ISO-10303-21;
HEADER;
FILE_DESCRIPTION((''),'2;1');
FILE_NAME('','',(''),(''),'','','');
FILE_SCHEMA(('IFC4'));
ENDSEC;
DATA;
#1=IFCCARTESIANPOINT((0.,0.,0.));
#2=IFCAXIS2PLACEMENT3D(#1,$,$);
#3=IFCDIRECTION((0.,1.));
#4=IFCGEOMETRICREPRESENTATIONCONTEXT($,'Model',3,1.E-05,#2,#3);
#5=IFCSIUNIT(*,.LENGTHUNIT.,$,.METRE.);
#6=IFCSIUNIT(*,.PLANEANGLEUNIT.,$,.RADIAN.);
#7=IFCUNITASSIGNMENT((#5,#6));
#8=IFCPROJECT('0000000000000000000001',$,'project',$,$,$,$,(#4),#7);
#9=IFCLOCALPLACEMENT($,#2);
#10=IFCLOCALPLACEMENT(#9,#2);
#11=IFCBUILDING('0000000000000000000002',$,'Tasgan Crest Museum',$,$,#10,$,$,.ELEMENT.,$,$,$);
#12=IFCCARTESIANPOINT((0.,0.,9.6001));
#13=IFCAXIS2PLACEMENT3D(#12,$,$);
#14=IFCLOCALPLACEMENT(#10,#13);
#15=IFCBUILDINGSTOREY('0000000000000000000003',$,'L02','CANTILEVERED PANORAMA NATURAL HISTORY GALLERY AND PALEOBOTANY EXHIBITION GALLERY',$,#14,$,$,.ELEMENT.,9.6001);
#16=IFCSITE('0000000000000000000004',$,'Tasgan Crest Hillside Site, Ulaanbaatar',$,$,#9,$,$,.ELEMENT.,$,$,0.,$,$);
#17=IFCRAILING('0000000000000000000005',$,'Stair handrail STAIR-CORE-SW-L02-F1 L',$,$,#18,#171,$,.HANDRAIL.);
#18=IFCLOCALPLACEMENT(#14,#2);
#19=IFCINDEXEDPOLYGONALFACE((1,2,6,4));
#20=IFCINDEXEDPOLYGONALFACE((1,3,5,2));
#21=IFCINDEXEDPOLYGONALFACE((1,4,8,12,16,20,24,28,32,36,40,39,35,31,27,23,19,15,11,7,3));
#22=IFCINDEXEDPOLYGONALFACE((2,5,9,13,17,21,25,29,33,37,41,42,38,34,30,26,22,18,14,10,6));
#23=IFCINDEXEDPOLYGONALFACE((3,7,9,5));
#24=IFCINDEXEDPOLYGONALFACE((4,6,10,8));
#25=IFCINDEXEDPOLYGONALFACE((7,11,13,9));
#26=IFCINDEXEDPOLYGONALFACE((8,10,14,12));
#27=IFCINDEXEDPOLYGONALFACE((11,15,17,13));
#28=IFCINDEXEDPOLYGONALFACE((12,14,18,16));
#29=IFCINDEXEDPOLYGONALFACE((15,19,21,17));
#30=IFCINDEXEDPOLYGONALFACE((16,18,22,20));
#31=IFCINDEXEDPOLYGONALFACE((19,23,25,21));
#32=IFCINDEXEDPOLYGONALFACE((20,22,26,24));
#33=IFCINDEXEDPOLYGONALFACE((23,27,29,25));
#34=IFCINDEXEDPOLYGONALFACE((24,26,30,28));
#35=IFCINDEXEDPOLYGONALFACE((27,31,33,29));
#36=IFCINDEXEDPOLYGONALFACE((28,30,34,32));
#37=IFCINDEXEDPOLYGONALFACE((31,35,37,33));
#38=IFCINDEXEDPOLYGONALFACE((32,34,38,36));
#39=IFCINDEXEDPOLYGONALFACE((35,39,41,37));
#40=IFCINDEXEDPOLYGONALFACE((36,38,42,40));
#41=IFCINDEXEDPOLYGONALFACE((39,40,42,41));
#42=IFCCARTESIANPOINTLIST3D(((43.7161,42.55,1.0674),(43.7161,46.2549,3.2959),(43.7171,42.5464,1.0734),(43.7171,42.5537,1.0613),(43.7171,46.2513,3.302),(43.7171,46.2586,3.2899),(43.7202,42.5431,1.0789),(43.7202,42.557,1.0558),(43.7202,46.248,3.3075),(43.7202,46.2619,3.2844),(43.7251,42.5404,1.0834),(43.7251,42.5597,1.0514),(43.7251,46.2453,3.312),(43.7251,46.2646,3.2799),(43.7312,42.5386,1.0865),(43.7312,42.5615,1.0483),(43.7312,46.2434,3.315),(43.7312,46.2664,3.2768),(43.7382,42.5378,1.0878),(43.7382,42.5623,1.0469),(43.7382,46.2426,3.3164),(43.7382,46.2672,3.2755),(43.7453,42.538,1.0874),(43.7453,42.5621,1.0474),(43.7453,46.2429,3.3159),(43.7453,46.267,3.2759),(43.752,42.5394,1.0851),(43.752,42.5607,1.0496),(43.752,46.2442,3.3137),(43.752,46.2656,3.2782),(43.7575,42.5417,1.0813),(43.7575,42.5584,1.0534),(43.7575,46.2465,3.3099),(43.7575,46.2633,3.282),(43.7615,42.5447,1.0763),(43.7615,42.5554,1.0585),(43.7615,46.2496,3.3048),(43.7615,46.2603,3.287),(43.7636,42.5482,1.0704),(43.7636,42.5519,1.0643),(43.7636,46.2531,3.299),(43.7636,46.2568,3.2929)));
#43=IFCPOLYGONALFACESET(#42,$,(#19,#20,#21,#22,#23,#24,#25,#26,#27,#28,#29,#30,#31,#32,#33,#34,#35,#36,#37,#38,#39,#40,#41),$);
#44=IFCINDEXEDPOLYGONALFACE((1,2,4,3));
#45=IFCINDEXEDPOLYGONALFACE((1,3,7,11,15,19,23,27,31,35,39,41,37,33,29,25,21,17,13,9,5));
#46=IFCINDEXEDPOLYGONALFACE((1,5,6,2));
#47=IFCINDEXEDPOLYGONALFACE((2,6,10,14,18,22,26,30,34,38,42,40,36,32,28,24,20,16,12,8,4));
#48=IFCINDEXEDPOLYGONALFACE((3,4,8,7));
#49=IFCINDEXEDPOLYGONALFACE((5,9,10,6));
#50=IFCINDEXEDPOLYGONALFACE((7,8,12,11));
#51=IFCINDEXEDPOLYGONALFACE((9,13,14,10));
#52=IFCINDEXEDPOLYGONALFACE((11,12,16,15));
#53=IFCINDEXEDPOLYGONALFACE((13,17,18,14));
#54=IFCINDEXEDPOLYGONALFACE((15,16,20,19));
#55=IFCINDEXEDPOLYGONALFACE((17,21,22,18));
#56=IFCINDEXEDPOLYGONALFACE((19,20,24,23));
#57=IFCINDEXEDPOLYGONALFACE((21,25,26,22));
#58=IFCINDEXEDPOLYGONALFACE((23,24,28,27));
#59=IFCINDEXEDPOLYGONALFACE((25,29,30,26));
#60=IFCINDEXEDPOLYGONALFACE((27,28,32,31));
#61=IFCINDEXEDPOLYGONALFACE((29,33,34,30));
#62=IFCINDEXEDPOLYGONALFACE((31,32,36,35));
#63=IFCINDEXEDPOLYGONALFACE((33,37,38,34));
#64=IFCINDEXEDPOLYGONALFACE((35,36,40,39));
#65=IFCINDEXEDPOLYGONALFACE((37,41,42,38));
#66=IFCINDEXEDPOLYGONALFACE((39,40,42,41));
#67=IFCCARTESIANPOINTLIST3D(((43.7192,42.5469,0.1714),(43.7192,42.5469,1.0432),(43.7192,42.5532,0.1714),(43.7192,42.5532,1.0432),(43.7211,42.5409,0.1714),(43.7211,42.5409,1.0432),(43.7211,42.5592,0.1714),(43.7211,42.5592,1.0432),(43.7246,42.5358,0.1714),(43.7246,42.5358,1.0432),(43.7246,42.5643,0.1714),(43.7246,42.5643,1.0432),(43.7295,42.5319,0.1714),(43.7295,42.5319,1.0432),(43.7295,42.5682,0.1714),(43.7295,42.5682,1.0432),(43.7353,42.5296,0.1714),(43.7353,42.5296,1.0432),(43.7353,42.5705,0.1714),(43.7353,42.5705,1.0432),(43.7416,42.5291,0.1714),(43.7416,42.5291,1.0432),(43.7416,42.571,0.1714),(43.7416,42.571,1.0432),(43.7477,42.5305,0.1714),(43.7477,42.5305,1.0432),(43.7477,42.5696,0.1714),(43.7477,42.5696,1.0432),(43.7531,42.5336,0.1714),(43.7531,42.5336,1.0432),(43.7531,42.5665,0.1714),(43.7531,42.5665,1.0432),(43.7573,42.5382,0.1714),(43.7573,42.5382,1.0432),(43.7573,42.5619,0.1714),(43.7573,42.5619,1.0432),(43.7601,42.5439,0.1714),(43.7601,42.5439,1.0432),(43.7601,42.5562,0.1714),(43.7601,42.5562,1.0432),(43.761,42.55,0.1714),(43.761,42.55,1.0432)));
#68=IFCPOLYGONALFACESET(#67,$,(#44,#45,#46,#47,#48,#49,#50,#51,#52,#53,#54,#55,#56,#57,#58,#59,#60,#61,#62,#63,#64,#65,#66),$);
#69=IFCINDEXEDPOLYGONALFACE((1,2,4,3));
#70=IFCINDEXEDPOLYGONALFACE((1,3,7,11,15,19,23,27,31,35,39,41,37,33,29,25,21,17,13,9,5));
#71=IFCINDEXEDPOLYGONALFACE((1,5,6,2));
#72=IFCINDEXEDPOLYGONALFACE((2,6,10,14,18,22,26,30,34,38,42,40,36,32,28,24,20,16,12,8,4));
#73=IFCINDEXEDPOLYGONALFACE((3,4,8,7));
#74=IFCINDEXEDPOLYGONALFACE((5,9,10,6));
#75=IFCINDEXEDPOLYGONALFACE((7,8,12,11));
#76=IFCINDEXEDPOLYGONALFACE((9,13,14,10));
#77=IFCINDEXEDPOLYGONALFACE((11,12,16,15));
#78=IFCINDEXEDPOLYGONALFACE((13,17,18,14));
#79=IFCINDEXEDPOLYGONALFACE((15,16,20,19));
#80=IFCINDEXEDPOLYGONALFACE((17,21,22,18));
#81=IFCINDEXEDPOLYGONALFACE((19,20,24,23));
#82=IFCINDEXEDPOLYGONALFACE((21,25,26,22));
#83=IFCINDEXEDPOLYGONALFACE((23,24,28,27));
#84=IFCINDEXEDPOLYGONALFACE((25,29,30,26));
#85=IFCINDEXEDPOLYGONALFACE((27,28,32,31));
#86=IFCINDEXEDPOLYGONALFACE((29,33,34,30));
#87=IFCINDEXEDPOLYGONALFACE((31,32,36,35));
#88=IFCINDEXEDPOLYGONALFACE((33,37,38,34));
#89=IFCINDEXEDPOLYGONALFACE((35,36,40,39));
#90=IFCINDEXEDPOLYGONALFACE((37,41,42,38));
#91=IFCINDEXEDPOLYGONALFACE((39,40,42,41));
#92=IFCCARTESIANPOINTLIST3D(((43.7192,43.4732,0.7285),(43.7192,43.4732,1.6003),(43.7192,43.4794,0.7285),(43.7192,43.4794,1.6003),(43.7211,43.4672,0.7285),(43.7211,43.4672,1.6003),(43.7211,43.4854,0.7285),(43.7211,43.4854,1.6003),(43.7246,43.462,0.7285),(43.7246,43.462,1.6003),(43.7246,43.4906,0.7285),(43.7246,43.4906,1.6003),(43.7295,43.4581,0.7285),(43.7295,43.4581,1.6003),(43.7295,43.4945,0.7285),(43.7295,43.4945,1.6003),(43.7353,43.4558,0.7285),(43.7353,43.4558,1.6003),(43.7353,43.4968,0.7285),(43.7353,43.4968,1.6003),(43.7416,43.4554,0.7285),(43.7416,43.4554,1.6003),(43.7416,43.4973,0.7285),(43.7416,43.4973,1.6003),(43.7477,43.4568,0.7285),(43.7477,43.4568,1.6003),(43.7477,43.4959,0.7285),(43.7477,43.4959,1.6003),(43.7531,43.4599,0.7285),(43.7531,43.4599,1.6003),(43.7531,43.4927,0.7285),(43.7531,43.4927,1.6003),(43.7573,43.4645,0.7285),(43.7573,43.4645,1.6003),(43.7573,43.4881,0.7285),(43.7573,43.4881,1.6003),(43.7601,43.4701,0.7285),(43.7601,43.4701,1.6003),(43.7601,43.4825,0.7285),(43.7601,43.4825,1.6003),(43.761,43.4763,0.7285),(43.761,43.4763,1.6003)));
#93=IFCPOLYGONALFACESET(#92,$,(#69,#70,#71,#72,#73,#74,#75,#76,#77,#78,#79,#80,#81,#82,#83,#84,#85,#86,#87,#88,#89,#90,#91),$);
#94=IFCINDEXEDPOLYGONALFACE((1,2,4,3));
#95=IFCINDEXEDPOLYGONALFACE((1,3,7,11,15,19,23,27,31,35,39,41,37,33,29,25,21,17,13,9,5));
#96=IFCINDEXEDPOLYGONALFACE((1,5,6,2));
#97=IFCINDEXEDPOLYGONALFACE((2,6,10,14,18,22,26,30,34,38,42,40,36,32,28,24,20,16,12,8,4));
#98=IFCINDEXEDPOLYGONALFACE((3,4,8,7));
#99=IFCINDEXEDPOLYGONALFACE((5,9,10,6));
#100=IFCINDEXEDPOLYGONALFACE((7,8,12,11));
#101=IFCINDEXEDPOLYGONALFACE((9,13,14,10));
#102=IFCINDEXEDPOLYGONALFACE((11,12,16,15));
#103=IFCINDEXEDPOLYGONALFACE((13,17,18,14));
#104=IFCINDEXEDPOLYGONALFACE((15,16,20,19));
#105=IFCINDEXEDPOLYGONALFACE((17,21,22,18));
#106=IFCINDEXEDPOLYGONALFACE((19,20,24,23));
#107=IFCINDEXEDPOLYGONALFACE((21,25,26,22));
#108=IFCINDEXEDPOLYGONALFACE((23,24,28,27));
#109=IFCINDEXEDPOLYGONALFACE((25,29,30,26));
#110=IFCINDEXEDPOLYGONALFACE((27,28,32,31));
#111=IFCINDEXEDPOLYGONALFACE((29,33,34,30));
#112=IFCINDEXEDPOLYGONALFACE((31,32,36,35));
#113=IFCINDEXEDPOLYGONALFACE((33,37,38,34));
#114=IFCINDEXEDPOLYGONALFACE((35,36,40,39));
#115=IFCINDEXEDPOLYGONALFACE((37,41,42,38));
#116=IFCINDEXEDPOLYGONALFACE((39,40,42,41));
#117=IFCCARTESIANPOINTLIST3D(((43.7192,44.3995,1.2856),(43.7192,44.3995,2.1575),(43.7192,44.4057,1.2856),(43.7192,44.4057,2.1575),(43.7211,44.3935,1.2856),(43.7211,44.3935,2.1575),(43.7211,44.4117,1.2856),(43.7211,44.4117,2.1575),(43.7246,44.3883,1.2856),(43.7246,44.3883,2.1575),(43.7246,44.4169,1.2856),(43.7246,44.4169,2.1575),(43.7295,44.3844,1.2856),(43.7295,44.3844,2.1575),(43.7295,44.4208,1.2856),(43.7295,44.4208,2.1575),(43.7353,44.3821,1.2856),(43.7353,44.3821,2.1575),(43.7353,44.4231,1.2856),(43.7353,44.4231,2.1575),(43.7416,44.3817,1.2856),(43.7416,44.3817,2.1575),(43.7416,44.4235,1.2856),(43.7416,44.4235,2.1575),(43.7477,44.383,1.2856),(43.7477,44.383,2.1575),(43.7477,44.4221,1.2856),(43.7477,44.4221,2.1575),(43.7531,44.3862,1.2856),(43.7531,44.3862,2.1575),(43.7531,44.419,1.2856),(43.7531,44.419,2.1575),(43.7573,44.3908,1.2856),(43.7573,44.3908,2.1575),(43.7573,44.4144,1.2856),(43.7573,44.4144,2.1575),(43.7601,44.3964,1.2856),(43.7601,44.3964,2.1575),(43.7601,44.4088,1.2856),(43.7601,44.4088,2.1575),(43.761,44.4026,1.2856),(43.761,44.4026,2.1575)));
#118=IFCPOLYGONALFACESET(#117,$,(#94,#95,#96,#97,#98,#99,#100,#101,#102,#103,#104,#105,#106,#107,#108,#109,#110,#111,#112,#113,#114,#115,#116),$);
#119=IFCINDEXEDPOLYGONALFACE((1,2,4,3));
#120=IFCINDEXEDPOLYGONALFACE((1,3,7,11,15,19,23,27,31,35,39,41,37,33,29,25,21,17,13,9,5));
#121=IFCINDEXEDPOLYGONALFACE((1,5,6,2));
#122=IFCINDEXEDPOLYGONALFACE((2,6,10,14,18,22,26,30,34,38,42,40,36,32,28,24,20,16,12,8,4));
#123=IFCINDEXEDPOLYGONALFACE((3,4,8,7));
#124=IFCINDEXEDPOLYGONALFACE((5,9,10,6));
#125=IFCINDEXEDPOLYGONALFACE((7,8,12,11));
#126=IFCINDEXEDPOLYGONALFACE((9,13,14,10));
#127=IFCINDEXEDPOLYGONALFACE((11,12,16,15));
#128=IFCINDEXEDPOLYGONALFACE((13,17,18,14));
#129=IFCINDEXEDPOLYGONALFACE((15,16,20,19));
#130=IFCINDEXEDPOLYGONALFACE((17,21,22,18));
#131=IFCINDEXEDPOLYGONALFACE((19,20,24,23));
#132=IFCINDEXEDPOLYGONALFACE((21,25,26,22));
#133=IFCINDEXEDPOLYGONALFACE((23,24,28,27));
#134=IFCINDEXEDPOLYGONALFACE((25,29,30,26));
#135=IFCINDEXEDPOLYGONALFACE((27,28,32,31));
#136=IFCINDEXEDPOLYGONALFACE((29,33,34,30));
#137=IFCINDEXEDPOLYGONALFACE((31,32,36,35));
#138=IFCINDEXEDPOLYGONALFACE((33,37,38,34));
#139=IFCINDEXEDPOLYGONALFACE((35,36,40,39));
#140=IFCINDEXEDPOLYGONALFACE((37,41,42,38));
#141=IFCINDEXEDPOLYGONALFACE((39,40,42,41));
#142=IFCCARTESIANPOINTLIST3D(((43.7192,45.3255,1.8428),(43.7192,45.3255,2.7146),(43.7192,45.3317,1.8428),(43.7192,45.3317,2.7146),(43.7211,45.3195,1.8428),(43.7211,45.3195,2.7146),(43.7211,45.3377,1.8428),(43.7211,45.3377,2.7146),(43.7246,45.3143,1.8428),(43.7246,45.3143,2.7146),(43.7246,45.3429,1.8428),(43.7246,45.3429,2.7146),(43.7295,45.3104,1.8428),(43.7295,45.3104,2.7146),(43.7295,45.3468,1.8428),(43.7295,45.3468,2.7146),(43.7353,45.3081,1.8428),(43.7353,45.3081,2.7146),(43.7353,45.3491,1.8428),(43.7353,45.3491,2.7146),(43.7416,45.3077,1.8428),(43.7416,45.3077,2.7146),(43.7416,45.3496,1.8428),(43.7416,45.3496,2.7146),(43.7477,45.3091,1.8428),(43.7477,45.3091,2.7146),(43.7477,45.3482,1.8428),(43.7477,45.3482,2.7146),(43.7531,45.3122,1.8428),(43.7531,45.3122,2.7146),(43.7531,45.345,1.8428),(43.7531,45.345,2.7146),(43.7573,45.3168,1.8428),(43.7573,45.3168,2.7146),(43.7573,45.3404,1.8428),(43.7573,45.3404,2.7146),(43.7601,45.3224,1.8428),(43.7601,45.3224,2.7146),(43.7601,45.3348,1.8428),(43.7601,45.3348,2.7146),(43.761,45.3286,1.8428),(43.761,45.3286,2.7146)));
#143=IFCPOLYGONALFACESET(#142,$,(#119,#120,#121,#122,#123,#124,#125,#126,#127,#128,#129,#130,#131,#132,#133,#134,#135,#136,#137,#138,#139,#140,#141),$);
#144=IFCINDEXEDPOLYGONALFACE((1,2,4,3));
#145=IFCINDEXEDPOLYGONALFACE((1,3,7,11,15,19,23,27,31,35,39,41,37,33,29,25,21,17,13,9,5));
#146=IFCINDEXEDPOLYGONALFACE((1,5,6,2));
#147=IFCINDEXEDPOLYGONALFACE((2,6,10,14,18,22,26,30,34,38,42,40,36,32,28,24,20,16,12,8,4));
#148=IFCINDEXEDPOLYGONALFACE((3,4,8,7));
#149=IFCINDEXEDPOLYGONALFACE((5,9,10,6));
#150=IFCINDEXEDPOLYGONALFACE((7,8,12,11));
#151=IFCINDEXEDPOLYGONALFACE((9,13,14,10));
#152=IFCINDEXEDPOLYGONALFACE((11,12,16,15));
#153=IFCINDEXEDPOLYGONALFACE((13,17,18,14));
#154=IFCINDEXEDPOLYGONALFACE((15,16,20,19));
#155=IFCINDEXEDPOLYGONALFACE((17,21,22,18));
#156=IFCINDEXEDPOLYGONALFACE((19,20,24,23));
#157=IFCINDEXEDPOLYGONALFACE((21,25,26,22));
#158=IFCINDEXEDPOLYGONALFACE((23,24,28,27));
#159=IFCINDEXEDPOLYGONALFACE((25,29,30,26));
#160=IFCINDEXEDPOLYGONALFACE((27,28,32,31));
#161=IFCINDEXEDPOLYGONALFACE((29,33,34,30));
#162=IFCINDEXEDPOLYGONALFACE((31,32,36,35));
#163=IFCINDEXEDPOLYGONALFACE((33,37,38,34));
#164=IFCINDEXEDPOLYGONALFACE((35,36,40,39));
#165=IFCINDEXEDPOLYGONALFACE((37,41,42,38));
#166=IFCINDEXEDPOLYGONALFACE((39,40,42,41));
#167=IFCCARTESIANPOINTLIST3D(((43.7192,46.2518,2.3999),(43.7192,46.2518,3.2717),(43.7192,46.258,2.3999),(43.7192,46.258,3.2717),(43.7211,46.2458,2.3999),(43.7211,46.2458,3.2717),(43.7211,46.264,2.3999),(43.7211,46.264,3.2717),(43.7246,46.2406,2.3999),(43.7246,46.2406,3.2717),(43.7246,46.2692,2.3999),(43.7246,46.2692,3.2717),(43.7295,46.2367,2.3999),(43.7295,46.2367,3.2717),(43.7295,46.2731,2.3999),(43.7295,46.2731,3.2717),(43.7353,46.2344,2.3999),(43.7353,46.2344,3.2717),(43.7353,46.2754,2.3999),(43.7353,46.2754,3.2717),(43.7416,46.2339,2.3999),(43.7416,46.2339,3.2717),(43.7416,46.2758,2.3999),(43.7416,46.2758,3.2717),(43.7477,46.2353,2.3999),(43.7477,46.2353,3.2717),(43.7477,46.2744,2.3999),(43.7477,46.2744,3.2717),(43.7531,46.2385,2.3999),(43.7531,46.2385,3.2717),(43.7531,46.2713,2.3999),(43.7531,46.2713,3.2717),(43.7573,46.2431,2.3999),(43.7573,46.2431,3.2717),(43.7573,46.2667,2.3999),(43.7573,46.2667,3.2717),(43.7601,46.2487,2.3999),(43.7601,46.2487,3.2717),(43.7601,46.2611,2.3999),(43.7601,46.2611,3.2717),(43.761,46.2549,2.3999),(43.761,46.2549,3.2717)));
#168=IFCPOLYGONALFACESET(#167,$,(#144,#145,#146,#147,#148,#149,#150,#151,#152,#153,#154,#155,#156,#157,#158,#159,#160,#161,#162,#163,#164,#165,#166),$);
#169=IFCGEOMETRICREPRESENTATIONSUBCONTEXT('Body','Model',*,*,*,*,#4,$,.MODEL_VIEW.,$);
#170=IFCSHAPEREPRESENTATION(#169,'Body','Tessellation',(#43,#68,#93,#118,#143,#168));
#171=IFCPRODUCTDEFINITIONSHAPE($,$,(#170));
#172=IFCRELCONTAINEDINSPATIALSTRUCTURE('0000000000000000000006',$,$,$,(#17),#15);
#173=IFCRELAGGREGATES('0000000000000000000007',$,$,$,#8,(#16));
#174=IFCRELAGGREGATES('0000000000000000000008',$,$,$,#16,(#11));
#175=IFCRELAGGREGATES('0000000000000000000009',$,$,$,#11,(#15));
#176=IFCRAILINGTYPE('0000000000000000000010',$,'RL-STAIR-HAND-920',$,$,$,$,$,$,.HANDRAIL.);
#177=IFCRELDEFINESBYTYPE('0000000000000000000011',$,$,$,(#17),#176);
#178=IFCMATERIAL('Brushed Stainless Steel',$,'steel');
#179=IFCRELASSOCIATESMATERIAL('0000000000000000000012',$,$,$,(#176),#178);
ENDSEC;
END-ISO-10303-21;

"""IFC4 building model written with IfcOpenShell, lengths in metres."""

from ifc_helpers import new_model, si_unit, direction, frame, origin, origin_2d, place, context, subcontext, project, spatial, circle, extrude, material, type_object, element, save


model = new_model("IFC4")

# Units and contexts
model_context = context("Model", 3, precision=1e-05, world=origin(), true_north=direction((0.0, 1.0)))
body_context = subcontext(model_context, "Body", "Model", "MODEL_VIEW")
ifc_project = project(units=[si_unit("LENGTHUNIT", "METRE"), si_unit("PLANEANGLEUNIT", "RADIAN")], contexts=[model_context])

# Site, building, storey
site_placement = place(None, origin())
site = spatial("IfcSite", under=ifc_project, at=site_placement, Name="Tasgan Crest Hillside Site, Ulaanbaatar", CompositionType="ELEMENT", RefElevation=0.0)
building_placement = place(site_placement, origin())
building = spatial("IfcBuilding", under=site, at=building_placement, Name="Tasgan Crest Museum", CompositionType="ELEMENT")
storey_placement = place(building_placement, frame((0.0, 0.0, 9.6001)))
storey = spatial("IfcBuildingStorey", under=building, at=storey_placement, Name="L02", Description="CANTILEVERED PANORAMA NATURAL HISTORY GALLERY AND PALEOBOTANY EXHIBITION GALLERY", CompositionType="ELEMENT", Elevation=9.6001)

# Railing
ifc_material_1 = material(Name="Brushed Stainless Steel", Category="steel")
railing_type_1 = type_object("IfcRailingType", Name="RL-STAIR-HAND-920", PredefinedType="HANDRAIL", material=ifc_material_1)
railing_1_placement = place(storey_placement, frame((43.74, 42.55, 0.1714)))
element("IfcRailing", 1, at=railing_1_placement, inside=storey, type_object=railing_type_1, Name="Stair handrail STAIR-CORE-SW-L02-F1 L", PredefinedType="HANDRAIL", context=body_context, shape_type="SweptSolid", body=[
    extrude(circle(Radius=0.0239, at=origin_2d()), frame((0.0, 0.0, 0.896), z_axis=(0.0, 0.856919, 0.51545), x_axis=(-1.0, 0.0, 0.0)), (0.0, 0.0, 1.0), 4.3235),
    extrude(circle(Radius=0.021, at=origin_2d()), origin(), (0.0, 0.0, 1.0), 0.8718),
    extrude(circle(Radius=0.021, at=origin_2d()), frame((0.0, 0.9263, 0.5571)), (0.0, 0.0, 1.0), 0.8718),
    extrude(circle(Radius=0.021, at=origin_2d()), frame((0.0, 1.8525, 1.1143)), (0.0, 0.0, 1.0), 0.8718),
    extrude(circle(Radius=0.021, at=origin_2d()), frame((0.0, 2.7786, 1.6714)), (0.0, 0.0, 1.0), 0.8718),
    extrude(circle(Radius=0.021, at=origin_2d()), frame((0.0, 3.7048, 2.2285)), (0.0, 0.0, 1.0), 0.8718),
])

save(model, "model.ifc")
